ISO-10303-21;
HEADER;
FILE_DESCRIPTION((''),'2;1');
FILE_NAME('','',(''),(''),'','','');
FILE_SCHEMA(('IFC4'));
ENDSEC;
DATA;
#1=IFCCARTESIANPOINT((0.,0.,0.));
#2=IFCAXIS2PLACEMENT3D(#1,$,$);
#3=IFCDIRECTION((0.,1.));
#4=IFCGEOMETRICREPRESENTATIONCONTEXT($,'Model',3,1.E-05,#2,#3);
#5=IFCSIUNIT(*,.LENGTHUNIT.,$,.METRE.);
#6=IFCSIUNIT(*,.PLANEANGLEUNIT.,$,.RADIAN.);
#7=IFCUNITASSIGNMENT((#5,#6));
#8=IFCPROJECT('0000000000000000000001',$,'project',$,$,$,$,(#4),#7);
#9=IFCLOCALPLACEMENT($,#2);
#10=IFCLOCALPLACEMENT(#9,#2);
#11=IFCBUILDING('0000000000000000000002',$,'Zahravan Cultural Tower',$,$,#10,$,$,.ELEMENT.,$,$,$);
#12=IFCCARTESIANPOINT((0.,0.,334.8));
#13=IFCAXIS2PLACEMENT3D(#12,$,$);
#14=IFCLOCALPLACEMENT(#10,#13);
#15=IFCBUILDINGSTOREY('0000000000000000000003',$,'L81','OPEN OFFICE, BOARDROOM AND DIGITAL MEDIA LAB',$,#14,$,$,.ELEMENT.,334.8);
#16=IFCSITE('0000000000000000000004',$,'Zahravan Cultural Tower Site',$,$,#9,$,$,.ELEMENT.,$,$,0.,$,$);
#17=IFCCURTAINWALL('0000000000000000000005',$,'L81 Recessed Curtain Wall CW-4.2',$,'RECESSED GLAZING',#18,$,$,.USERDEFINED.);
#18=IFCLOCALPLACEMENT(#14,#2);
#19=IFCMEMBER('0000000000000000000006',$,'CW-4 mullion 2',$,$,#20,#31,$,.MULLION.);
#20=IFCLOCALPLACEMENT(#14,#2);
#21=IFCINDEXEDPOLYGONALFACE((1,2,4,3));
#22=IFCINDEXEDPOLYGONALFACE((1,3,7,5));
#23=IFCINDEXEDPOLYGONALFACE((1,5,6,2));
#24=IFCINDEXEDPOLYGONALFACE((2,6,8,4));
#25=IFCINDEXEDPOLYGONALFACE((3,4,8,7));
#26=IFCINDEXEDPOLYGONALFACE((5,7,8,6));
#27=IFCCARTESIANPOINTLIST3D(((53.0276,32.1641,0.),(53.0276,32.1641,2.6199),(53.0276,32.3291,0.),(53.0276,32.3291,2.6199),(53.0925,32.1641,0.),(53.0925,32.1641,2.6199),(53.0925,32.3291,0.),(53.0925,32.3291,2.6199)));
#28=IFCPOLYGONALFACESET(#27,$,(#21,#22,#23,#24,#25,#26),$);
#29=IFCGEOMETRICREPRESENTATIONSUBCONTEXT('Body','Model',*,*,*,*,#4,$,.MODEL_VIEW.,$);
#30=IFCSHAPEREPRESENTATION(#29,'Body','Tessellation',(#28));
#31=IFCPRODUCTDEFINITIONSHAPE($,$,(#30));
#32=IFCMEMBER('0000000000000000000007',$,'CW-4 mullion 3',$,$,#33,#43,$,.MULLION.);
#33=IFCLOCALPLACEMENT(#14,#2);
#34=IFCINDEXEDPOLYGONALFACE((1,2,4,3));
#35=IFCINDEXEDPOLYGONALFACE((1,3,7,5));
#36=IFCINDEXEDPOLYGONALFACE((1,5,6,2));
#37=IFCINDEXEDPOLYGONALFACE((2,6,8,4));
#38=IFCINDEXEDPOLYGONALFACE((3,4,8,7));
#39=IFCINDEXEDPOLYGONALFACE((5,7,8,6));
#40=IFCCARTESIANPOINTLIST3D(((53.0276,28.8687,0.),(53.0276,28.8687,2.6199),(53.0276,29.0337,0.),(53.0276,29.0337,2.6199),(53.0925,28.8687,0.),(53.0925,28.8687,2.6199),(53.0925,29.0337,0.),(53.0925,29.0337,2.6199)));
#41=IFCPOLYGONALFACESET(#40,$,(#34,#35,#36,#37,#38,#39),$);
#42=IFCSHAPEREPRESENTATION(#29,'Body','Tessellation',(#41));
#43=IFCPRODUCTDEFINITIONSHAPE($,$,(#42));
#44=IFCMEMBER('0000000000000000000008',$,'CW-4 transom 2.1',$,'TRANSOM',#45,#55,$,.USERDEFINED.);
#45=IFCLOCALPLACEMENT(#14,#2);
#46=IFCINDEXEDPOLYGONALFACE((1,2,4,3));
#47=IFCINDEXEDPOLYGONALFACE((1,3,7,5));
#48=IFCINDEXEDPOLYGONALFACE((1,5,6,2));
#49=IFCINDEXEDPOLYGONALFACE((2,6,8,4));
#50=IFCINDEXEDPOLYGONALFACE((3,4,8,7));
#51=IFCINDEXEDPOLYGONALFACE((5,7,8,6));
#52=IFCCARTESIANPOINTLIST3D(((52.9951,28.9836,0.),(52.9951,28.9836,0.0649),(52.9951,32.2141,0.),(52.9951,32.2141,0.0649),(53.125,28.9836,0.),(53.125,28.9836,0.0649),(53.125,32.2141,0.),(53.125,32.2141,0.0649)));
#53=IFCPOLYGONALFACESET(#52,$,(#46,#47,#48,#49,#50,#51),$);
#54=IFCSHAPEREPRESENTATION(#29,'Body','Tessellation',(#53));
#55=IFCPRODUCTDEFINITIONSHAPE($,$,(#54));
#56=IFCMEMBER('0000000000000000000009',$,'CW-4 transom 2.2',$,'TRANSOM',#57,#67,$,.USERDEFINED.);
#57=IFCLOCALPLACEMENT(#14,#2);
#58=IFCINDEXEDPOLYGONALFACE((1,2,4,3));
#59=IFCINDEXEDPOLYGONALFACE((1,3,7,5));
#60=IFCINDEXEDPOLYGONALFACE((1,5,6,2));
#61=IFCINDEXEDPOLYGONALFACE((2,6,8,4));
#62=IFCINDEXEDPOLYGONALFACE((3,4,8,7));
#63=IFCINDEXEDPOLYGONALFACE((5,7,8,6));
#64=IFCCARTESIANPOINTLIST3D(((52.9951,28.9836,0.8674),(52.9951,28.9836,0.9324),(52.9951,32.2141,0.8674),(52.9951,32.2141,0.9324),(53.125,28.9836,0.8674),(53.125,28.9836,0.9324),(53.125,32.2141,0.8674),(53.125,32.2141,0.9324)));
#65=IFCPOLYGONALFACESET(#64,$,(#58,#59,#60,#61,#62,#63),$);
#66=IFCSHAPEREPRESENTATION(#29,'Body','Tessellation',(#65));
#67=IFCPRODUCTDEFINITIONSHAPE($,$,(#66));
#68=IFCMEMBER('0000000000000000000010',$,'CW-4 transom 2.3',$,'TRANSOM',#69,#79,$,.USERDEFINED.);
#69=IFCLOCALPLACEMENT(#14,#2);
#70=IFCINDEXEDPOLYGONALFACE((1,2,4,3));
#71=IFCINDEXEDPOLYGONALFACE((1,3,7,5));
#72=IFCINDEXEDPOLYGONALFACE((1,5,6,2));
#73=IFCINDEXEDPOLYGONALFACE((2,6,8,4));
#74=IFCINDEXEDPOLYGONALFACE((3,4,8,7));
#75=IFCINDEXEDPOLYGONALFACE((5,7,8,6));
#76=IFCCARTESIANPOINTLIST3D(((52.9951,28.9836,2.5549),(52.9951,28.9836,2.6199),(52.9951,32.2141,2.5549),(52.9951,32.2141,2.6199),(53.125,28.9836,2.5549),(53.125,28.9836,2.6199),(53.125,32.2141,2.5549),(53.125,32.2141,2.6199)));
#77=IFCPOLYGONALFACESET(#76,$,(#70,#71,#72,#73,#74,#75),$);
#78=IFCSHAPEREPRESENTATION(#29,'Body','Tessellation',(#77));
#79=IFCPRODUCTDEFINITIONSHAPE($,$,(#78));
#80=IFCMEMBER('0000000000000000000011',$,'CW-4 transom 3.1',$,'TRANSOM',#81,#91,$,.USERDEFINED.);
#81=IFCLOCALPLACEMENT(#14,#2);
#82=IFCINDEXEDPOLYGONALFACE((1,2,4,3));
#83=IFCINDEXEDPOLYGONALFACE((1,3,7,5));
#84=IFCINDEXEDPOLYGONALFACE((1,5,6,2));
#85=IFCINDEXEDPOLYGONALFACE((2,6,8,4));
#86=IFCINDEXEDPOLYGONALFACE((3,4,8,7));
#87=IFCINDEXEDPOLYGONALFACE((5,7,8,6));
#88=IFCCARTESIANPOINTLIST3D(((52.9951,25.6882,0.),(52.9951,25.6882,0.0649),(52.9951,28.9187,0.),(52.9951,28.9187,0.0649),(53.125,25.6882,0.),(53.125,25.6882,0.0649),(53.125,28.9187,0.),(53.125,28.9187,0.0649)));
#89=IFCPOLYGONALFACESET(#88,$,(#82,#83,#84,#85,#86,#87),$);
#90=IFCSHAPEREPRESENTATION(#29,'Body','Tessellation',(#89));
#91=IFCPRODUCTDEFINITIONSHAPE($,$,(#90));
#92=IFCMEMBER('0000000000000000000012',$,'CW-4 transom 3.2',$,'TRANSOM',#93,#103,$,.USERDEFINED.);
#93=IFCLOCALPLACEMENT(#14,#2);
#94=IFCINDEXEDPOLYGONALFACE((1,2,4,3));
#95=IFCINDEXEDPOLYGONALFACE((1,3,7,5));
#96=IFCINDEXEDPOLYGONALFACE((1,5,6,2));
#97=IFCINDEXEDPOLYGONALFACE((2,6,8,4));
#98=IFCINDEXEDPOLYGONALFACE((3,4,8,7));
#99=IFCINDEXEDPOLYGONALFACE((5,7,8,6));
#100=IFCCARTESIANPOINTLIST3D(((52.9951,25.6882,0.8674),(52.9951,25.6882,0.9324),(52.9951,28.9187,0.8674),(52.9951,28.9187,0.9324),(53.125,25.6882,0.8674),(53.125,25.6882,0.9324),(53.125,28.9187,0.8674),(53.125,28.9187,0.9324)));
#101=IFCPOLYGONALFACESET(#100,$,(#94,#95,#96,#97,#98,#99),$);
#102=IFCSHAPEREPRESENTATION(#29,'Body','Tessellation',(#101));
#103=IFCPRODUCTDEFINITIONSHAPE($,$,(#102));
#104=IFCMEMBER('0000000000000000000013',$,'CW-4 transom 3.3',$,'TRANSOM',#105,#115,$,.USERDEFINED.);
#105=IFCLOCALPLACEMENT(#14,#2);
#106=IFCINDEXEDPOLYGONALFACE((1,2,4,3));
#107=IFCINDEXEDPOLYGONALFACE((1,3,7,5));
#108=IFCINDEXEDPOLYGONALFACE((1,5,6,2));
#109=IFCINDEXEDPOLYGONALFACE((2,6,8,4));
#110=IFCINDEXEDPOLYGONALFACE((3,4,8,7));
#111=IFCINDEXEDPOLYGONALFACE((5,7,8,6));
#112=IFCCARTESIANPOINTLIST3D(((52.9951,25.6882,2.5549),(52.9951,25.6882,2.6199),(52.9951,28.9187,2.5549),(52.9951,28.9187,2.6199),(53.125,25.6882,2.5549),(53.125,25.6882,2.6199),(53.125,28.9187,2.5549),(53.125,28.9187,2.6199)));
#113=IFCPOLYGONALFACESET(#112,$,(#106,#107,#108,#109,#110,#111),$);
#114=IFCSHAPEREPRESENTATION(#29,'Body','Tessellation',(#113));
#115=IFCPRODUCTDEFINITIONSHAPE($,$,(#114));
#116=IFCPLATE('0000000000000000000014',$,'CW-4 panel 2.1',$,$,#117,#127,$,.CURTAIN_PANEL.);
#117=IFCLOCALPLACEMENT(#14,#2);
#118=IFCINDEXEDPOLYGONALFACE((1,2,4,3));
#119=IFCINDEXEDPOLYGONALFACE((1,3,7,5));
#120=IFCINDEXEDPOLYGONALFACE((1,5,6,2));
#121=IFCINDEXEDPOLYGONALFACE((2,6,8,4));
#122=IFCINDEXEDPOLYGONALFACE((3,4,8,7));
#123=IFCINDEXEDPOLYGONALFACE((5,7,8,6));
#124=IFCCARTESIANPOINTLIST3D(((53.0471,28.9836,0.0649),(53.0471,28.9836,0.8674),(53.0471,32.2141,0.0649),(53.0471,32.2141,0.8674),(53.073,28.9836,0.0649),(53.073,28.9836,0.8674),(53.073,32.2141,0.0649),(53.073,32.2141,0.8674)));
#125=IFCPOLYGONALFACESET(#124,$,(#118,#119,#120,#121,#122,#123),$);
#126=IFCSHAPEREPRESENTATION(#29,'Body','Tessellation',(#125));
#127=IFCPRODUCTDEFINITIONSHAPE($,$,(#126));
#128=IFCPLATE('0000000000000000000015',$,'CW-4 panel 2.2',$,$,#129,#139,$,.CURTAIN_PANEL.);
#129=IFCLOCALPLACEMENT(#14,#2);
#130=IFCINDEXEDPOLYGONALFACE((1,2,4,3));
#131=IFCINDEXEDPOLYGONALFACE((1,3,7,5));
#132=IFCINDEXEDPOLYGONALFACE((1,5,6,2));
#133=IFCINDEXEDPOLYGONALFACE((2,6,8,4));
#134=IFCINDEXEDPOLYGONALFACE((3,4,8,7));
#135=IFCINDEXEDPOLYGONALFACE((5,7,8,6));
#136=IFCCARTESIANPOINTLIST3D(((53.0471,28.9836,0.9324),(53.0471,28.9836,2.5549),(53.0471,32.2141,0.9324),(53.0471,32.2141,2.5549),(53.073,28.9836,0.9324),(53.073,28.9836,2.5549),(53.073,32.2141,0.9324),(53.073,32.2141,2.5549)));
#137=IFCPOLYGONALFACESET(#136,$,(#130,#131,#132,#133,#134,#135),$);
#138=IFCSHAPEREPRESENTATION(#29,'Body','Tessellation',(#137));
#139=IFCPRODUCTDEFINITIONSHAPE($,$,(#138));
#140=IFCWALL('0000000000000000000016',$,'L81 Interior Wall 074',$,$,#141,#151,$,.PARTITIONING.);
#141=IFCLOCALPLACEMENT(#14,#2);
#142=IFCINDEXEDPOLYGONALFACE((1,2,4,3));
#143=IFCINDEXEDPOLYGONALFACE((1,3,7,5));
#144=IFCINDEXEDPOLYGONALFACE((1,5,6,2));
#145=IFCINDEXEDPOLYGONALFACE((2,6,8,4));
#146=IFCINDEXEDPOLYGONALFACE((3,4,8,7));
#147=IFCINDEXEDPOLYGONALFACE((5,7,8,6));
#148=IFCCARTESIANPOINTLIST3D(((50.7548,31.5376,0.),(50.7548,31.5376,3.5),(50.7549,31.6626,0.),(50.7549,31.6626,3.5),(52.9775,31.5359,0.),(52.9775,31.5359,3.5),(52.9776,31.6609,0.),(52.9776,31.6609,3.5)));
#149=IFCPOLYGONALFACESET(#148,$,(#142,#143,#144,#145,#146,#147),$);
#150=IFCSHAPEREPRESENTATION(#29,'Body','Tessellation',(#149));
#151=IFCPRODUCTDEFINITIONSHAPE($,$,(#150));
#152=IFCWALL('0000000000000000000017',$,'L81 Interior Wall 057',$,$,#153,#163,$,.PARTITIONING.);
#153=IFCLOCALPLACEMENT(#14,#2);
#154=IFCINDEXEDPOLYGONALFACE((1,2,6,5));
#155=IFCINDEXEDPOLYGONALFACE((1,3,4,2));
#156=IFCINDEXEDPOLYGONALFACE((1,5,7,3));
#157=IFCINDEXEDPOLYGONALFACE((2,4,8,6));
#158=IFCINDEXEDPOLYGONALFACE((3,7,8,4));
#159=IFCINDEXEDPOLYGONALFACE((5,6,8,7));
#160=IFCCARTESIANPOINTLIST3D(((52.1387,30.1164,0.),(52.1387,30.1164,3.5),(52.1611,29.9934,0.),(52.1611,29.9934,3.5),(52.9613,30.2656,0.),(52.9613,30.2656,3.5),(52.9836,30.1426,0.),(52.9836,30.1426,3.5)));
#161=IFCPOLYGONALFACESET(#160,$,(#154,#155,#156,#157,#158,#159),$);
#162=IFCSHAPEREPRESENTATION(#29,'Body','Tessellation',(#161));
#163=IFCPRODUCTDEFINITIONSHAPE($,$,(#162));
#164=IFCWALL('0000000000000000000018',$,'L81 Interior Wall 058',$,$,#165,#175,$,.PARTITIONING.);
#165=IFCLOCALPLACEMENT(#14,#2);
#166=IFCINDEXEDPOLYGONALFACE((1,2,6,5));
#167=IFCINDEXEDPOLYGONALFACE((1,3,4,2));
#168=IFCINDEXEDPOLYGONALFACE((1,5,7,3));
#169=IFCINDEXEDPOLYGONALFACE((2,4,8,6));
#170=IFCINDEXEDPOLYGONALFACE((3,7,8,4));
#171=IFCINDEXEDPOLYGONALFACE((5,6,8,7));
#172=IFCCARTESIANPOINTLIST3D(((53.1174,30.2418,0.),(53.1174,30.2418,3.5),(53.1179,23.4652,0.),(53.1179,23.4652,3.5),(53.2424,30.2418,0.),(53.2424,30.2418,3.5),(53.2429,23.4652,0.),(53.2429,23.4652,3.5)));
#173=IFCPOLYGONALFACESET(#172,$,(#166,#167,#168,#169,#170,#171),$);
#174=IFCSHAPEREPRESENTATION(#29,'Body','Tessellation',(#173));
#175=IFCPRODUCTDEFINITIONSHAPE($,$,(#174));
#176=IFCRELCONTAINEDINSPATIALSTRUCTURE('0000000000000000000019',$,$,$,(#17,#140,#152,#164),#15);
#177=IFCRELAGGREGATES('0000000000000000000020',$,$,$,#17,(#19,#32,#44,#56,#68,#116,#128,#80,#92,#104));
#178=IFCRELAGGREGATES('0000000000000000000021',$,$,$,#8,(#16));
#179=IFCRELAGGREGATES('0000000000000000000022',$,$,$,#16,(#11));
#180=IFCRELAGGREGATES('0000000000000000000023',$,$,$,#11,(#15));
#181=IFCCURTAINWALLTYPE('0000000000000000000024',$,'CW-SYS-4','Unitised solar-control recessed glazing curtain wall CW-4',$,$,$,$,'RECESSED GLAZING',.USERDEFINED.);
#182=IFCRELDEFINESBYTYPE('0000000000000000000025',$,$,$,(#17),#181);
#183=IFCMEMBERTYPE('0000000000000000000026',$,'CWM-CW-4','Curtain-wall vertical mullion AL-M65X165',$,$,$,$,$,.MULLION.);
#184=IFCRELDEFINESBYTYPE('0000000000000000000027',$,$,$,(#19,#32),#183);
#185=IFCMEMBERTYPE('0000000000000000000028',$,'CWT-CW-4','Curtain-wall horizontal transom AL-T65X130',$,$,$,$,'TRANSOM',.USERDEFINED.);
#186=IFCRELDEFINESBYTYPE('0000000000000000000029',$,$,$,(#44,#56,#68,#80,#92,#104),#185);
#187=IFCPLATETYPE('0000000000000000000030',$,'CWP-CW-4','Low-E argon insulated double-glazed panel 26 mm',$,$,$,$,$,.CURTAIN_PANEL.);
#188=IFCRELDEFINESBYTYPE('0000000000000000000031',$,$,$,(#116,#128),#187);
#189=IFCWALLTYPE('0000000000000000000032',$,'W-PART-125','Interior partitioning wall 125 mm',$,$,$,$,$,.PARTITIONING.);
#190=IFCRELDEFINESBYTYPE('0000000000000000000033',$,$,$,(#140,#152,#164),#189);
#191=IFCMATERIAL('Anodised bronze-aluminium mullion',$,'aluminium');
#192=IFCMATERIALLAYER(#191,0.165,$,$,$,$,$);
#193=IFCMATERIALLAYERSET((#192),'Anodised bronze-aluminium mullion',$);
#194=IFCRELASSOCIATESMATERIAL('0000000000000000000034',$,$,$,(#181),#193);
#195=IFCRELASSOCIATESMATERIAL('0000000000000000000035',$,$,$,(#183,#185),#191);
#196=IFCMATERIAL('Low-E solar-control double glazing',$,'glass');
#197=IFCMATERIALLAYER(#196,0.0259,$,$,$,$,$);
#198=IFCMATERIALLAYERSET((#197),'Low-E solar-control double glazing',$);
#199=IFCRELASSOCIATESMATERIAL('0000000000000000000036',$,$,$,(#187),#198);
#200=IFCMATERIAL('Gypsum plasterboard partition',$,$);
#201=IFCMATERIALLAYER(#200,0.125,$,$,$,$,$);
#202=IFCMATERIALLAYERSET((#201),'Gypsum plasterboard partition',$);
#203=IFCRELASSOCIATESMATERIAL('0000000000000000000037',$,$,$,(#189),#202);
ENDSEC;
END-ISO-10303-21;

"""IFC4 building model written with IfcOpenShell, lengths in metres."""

from ifc_helpers import new_model, si_unit, direction, frame, frame_2d, origin, origin_2d, place, context, subcontext, project, spatial, rectangle, extrude, source, transform, mapped, material, layer, layer_set, material_profile, profile_set, type_object, element, aggregate, save


model = new_model("IFC4")

# Units and contexts
model_context = context("Model", 3, precision=1e-05, world=origin(), true_north=direction((0.0, 1.0)))
body_context = subcontext(model_context, "Body", "Model", "MODEL_VIEW")
ifc_project = project(units=[si_unit("LENGTHUNIT", "METRE"), si_unit("PLANEANGLEUNIT", "RADIAN")], contexts=[model_context])

# Site, building, storey
site_placement = place(None, origin())
site = spatial("IfcSite", under=ifc_project, at=site_placement, Name="Zahravan Cultural Tower Site", CompositionType="ELEMENT", RefElevation=0.0)
building_placement = place(site_placement, origin())
building = spatial("IfcBuilding", under=site, at=building_placement, Name="Zahravan Cultural Tower", CompositionType="ELEMENT")
storey_placement = place(building_placement, frame((0.0, 0.0, 334.8)))
storey = spatial("IfcBuildingStorey", under=building, at=storey_placement, Name="L81", Description="OPEN OFFICE, BOARDROOM AND DIGITAL MEDIA LAB", CompositionType="ELEMENT", Elevation=334.8)

# Curtain wall, members, plates
ifc_material_1 = material(Name="Anodised bronze-aluminium mullion", Category="aluminium")
ifc_layer_1 = layer(ifc_material_1, 0.165)
ifc_layer_set_1 = layer_set([ifc_layer_1], Name="Anodised bronze-aluminium mullion")
curtain_wall_type = type_object("IfcCurtainWallType", Name="CW-SYS-4", Description="Unitised solar-control recessed glazing curtain wall CW-4", ElementType="RECESSED GLAZING", PredefinedType="USERDEFINED", material=ifc_layer_set_1)
curtain_wall_placement = place(storey_placement, origin())
curtain_wall = element("IfcCurtainWall", 1, at=curtain_wall_placement, inside=storey, type_object=curtain_wall_type, Name="L81 Recessed Curtain Wall CW-4.2", ObjectType="RECESSED GLAZING", PredefinedType="USERDEFINED")
ifc_material_profile_1 = material_profile(ifc_material_1, rectangle(XDim=0.0649, YDim=0.165, at=origin_2d()), Name="AL-M65X165")
ifc_profile_set_1 = profile_set([ifc_material_profile_1], Name="Anodised bronze-aluminium mullion")
member_type_1 = type_object("IfcMemberType", Name="CWM-CW-4", Description="Curtain-wall vertical mullion AL-M65X165", PredefinedType="MULLION", material=ifc_profile_set_1)
shared_shape_1 = source(origin(), body_context, "Body", "SweptSolid", [
    extrude(rectangle(XDim=0.0649, YDim=0.165, at=origin_2d()), origin(), (0.0, 0.0, 1.0), 2.6199),
])
member_1_placement = place(storey_placement, frame((53.0601, 32.2466, 0.0), z_axis=(0.0, 0.0, 1.0), x_axis=(1.0, 0.0, 0.0)))
member_1 = element("IfcMember", 2, at=member_1_placement, type_object=member_type_1, Name="CW-4 mullion 2", PredefinedType="MULLION", context=body_context, shape_type="MappedRepresentation", body=[
    mapped(shared_shape_1, transform((0.0, 0.0, 0.0), x_axis=(1.0, 0.0, 0.0), y_axis=(0.0, 1.0, 0.0), z_axis=(0.0, 0.0, 1.0), scale=1.0)),
])
member_2_placement = place(storey_placement, frame((53.0601, 28.9512, 0.0), z_axis=(0.0, 0.0, 1.0), x_axis=(1.0, 0.0, 0.0)))
member_2 = element("IfcMember", 3, at=member_2_placement, type_object=member_type_1, Name="CW-4 mullion 3", PredefinedType="MULLION", context=body_context, shape_type="MappedRepresentation", body=[
    mapped(shared_shape_1, transform((0.0, 0.0, 0.0), x_axis=(1.0, 0.0, 0.0), y_axis=(0.0, 1.0, 0.0), z_axis=(0.0, 0.0, 1.0), scale=1.0)),
])
ifc_material_profile_2 = material_profile(ifc_material_1, rectangle(XDim=0.1299, YDim=0.0649, at=origin_2d()), Name="AL-T65X130")
ifc_profile_set_2 = profile_set([ifc_material_profile_2], Name="Anodised bronze-aluminium mullion")
member_type_2 = type_object("IfcMemberType", Name="CWT-CW-4", Description="Curtain-wall horizontal transom AL-T65X130", ElementType="TRANSOM", PredefinedType="USERDEFINED", material=ifc_profile_set_2)
shared_shape_2 = source(origin(), body_context, "Body", "SweptSolid", [
    extrude(rectangle(XDim=0.1299, YDim=0.0649, at=origin_2d()), origin(), (0.0, 0.0, 1.0), 3.2305),
])
member_3_placement = place(storey_placement, frame((53.0601, 32.2141, 0.0325), z_axis=(0.0, -1.0, 0.0), x_axis=(1.0, 0.0, 0.0)))
member_3 = element("IfcMember", 4, at=member_3_placement, type_object=member_type_2, Name="CW-4 transom 2.1", ObjectType="TRANSOM", PredefinedType="USERDEFINED", context=body_context, shape_type="MappedRepresentation", body=[
    mapped(shared_shape_2, transform((0.0, 0.0, 0.0), x_axis=(1.0, 0.0, 0.0), y_axis=(0.0, 1.0, 0.0), z_axis=(0.0, 0.0, 1.0), scale=1.0)),
])
member_4_placement = place(storey_placement, frame((53.0601, 32.2141, 0.8999), z_axis=(0.0, -1.0, 0.0), x_axis=(1.0, 0.0, 0.0)))
member_4 = element("IfcMember", 5, at=member_4_placement, type_object=member_type_2, Name="CW-4 transom 2.2", ObjectType="TRANSOM", PredefinedType="USERDEFINED", context=body_context, shape_type="MappedRepresentation", body=[
    mapped(shared_shape_2, transform((0.0, 0.0, 0.0), x_axis=(1.0, 0.0, 0.0), y_axis=(0.0, 1.0, 0.0), z_axis=(0.0, 0.0, 1.0), scale=1.0)),
])
member_5_placement = place(storey_placement, frame((53.0601, 32.2141, 2.5874), z_axis=(0.0, -1.0, 0.0), x_axis=(1.0, 0.0, 0.0)))
member_5 = element("IfcMember", 6, at=member_5_placement, type_object=member_type_2, Name="CW-4 transom 2.3", ObjectType="TRANSOM", PredefinedType="USERDEFINED", context=body_context, shape_type="MappedRepresentation", body=[
    mapped(shared_shape_2, transform((0.0, 0.0, 0.0), x_axis=(1.0, 0.0, 0.0), y_axis=(0.0, 1.0, 0.0), z_axis=(0.0, 0.0, 1.0), scale=1.0)),
])
member_6_placement = place(storey_placement, frame((53.0601, 28.9187, 0.0325), z_axis=(0.0, -1.0, 0.0), x_axis=(1.0, 0.0, 0.0)))
member_6 = element("IfcMember", 7, at=member_6_placement, type_object=member_type_2, Name="CW-4 transom 3.1", ObjectType="TRANSOM", PredefinedType="USERDEFINED", context=body_context, shape_type="MappedRepresentation", body=[
    mapped(shared_shape_2, transform((0.0, 0.0, 0.0), x_axis=(1.0, 0.0, 0.0), y_axis=(0.0, 1.0, 0.0), z_axis=(0.0, 0.0, 1.0), scale=1.0)),
])
member_7_placement = place(storey_placement, frame((53.0601, 28.9187, 0.8999), z_axis=(0.0, -1.0, 0.0), x_axis=(1.0, 0.0, 0.0)))
member_7 = element("IfcMember", 8, at=member_7_placement, type_object=member_type_2, Name="CW-4 transom 3.2", ObjectType="TRANSOM", PredefinedType="USERDEFINED", context=body_context, shape_type="MappedRepresentation", body=[
    mapped(shared_shape_2, transform((0.0, 0.0, 0.0), x_axis=(1.0, 0.0, 0.0), y_axis=(0.0, 1.0, 0.0), z_axis=(0.0, 0.0, 1.0), scale=1.0)),
])
member_8_placement = place(storey_placement, frame((53.0601, 28.9187, 2.5874), z_axis=(0.0, -1.0, 0.0), x_axis=(1.0, 0.0, 0.0)))
member_8 = element("IfcMember", 9, at=member_8_placement, type_object=member_type_2, Name="CW-4 transom 3.3", ObjectType="TRANSOM", PredefinedType="USERDEFINED", context=body_context, shape_type="MappedRepresentation", body=[
    mapped(shared_shape_2, transform((0.0, 0.0, 0.0), x_axis=(1.0, 0.0, 0.0), y_axis=(0.0, 1.0, 0.0), z_axis=(0.0, 0.0, 1.0), scale=1.0)),
])
ifc_material_2 = material(Name="Low-E solar-control double glazing", Category="glass")
ifc_layer_2 = layer(ifc_material_2, 0.0259)
ifc_layer_set_2 = layer_set([ifc_layer_2], Name="Low-E solar-control double glazing")
plate_type = type_object("IfcPlateType", Name="CWP-CW-4", Description="Low-E argon insulated double-glazed panel 26 mm", PredefinedType="CURTAIN_PANEL", material=ifc_layer_set_2)
shared_shape_3 = source(origin(), body_context, "Body", "SweptSolid", [
    extrude(rectangle(XDim=3.2305, YDim=0.0259, at=origin_2d()), origin(), (0.0, 0.0, 1.0), 0.8025),
])
plate_1_placement = place(storey_placement, frame((53.0601, 30.5989, 0.0649), z_axis=(0.0, 0.0, 1.0), x_axis=(0.0, -1.0, 0.0)))
plate_1 = element("IfcPlate", 10, at=plate_1_placement, type_object=plate_type, Name="CW-4 panel 2.1", PredefinedType="CURTAIN_PANEL", context=body_context, shape_type="MappedRepresentation", body=[
    mapped(shared_shape_3, transform((0.0, 0.0, 0.0), x_axis=(1.0, 0.0, 0.0), y_axis=(0.0, 1.0, 0.0), z_axis=(0.0, 0.0, 1.0), scale=1.0)),
])
shared_shape_4 = source(origin(), body_context, "Body", "SweptSolid", [
    extrude(rectangle(XDim=3.2305, YDim=0.0259, at=origin_2d()), origin(), (0.0, 0.0, 1.0), 1.6226),
])
plate_2_placement = place(storey_placement, frame((53.0601, 30.5989, 0.9324), z_axis=(0.0, 0.0, 1.0), x_axis=(0.0, -1.0, 0.0)))
plate_2 = element("IfcPlate", 11, at=plate_2_placement, type_object=plate_type, Name="CW-4 panel 2.2", PredefinedType="CURTAIN_PANEL", context=body_context, shape_type="MappedRepresentation", body=[
    mapped(shared_shape_4, transform((0.0, 0.0, 0.0), x_axis=(1.0, 0.0, 0.0), y_axis=(0.0, 1.0, 0.0), z_axis=(0.0, 0.0, 1.0), scale=1.0)),
])
aggregate(curtain_wall, [member_1, member_2, member_3, member_4, member_5, plate_1, plate_2, member_6, member_7, member_8])

# Shared definitions
ifc_material_3 = material(Name="Gypsum plasterboard partition")
ifc_layer_3 = layer(ifc_material_3, 0.125)
ifc_layer_set_3 = layer_set([ifc_layer_3], Name="Gypsum plasterboard partition")
wall_type = type_object("IfcWallType", Name="W-PART-125", Description="Interior partitioning wall 125 mm", PredefinedType="PARTITIONING", material=ifc_layer_set_3)

# Walls
shared_shape_5 = source(origin(), body_context, "Body", "SweptSolid", [
    extrude(rectangle(XDim=2.2227, YDim=0.125, at=frame_2d((1.1113, 0.0))), origin(), (0.0, 0.0, 1.0), 3.5),
])
wall_1_placement = place(storey_placement, frame((52.9775, 31.5984, 0.0), z_axis=(0.0, 0.0, 1.0), x_axis=(-1.0, 0.000769, 0.0)))
element("IfcWall", 12, at=wall_1_placement, inside=storey, type_object=wall_type, Name="L81 Interior Wall 074", PredefinedType="PARTITIONING", context=body_context, shape_type="MappedRepresentation", body=[
    mapped(shared_shape_5, transform((0.0, 0.0, 0.0), x_axis=(1.0, 0.0, 0.0), y_axis=(0.0, 1.0, 0.0), z_axis=(0.0, 0.0, 1.0), scale=1.0)),
])
shared_shape_6 = source(origin(), body_context, "Body", "SweptSolid", [
    extrude(rectangle(XDim=0.8359, YDim=0.125, at=frame_2d((0.418, 0.0))), origin(), (0.0, 0.0, 1.0), 3.5),
])
wall_2_placement = place(storey_placement, frame((52.1499, 30.0549, 0.0), z_axis=(0.0, 0.0, 1.0), x_axis=(0.983949, 0.178448, 0.0)))
element("IfcWall", 13, at=wall_2_placement, inside=storey, type_object=wall_type, Name="L81 Interior Wall 057", PredefinedType="PARTITIONING", context=body_context, shape_type="MappedRepresentation", body=[
    mapped(shared_shape_6, transform((0.0, 0.0, 0.0), x_axis=(1.0, 0.0, 0.0), y_axis=(0.0, 1.0, 0.0), z_axis=(0.0, 0.0, 1.0), scale=1.0)),
])
shared_shape_7 = source(origin(), body_context, "Body", "SweptSolid", [
    extrude(rectangle(XDim=6.7766, YDim=0.125, at=frame_2d((3.3882, 0.0))), origin(), (0.0, 0.0, 1.0), 3.5),
])
wall_3_placement = place(storey_placement, frame((53.1799, 30.2417, 0.0), z_axis=(0.0, 0.0, 1.0), x_axis=(0.000072, -1.0, 0.0)))
element("IfcWall", 14, at=wall_3_placement, inside=storey, type_object=wall_type, Name="L81 Interior Wall 058", PredefinedType="PARTITIONING", context=body_context, shape_type="MappedRepresentation", body=[
    mapped(shared_shape_7, transform((0.0, 0.0, 0.0), x_axis=(1.0, 0.0, 0.0), y_axis=(0.0, 1.0, 0.0), z_axis=(0.0, 0.0, 1.0), scale=1.0)),
])

save(model, "model.ifc")
